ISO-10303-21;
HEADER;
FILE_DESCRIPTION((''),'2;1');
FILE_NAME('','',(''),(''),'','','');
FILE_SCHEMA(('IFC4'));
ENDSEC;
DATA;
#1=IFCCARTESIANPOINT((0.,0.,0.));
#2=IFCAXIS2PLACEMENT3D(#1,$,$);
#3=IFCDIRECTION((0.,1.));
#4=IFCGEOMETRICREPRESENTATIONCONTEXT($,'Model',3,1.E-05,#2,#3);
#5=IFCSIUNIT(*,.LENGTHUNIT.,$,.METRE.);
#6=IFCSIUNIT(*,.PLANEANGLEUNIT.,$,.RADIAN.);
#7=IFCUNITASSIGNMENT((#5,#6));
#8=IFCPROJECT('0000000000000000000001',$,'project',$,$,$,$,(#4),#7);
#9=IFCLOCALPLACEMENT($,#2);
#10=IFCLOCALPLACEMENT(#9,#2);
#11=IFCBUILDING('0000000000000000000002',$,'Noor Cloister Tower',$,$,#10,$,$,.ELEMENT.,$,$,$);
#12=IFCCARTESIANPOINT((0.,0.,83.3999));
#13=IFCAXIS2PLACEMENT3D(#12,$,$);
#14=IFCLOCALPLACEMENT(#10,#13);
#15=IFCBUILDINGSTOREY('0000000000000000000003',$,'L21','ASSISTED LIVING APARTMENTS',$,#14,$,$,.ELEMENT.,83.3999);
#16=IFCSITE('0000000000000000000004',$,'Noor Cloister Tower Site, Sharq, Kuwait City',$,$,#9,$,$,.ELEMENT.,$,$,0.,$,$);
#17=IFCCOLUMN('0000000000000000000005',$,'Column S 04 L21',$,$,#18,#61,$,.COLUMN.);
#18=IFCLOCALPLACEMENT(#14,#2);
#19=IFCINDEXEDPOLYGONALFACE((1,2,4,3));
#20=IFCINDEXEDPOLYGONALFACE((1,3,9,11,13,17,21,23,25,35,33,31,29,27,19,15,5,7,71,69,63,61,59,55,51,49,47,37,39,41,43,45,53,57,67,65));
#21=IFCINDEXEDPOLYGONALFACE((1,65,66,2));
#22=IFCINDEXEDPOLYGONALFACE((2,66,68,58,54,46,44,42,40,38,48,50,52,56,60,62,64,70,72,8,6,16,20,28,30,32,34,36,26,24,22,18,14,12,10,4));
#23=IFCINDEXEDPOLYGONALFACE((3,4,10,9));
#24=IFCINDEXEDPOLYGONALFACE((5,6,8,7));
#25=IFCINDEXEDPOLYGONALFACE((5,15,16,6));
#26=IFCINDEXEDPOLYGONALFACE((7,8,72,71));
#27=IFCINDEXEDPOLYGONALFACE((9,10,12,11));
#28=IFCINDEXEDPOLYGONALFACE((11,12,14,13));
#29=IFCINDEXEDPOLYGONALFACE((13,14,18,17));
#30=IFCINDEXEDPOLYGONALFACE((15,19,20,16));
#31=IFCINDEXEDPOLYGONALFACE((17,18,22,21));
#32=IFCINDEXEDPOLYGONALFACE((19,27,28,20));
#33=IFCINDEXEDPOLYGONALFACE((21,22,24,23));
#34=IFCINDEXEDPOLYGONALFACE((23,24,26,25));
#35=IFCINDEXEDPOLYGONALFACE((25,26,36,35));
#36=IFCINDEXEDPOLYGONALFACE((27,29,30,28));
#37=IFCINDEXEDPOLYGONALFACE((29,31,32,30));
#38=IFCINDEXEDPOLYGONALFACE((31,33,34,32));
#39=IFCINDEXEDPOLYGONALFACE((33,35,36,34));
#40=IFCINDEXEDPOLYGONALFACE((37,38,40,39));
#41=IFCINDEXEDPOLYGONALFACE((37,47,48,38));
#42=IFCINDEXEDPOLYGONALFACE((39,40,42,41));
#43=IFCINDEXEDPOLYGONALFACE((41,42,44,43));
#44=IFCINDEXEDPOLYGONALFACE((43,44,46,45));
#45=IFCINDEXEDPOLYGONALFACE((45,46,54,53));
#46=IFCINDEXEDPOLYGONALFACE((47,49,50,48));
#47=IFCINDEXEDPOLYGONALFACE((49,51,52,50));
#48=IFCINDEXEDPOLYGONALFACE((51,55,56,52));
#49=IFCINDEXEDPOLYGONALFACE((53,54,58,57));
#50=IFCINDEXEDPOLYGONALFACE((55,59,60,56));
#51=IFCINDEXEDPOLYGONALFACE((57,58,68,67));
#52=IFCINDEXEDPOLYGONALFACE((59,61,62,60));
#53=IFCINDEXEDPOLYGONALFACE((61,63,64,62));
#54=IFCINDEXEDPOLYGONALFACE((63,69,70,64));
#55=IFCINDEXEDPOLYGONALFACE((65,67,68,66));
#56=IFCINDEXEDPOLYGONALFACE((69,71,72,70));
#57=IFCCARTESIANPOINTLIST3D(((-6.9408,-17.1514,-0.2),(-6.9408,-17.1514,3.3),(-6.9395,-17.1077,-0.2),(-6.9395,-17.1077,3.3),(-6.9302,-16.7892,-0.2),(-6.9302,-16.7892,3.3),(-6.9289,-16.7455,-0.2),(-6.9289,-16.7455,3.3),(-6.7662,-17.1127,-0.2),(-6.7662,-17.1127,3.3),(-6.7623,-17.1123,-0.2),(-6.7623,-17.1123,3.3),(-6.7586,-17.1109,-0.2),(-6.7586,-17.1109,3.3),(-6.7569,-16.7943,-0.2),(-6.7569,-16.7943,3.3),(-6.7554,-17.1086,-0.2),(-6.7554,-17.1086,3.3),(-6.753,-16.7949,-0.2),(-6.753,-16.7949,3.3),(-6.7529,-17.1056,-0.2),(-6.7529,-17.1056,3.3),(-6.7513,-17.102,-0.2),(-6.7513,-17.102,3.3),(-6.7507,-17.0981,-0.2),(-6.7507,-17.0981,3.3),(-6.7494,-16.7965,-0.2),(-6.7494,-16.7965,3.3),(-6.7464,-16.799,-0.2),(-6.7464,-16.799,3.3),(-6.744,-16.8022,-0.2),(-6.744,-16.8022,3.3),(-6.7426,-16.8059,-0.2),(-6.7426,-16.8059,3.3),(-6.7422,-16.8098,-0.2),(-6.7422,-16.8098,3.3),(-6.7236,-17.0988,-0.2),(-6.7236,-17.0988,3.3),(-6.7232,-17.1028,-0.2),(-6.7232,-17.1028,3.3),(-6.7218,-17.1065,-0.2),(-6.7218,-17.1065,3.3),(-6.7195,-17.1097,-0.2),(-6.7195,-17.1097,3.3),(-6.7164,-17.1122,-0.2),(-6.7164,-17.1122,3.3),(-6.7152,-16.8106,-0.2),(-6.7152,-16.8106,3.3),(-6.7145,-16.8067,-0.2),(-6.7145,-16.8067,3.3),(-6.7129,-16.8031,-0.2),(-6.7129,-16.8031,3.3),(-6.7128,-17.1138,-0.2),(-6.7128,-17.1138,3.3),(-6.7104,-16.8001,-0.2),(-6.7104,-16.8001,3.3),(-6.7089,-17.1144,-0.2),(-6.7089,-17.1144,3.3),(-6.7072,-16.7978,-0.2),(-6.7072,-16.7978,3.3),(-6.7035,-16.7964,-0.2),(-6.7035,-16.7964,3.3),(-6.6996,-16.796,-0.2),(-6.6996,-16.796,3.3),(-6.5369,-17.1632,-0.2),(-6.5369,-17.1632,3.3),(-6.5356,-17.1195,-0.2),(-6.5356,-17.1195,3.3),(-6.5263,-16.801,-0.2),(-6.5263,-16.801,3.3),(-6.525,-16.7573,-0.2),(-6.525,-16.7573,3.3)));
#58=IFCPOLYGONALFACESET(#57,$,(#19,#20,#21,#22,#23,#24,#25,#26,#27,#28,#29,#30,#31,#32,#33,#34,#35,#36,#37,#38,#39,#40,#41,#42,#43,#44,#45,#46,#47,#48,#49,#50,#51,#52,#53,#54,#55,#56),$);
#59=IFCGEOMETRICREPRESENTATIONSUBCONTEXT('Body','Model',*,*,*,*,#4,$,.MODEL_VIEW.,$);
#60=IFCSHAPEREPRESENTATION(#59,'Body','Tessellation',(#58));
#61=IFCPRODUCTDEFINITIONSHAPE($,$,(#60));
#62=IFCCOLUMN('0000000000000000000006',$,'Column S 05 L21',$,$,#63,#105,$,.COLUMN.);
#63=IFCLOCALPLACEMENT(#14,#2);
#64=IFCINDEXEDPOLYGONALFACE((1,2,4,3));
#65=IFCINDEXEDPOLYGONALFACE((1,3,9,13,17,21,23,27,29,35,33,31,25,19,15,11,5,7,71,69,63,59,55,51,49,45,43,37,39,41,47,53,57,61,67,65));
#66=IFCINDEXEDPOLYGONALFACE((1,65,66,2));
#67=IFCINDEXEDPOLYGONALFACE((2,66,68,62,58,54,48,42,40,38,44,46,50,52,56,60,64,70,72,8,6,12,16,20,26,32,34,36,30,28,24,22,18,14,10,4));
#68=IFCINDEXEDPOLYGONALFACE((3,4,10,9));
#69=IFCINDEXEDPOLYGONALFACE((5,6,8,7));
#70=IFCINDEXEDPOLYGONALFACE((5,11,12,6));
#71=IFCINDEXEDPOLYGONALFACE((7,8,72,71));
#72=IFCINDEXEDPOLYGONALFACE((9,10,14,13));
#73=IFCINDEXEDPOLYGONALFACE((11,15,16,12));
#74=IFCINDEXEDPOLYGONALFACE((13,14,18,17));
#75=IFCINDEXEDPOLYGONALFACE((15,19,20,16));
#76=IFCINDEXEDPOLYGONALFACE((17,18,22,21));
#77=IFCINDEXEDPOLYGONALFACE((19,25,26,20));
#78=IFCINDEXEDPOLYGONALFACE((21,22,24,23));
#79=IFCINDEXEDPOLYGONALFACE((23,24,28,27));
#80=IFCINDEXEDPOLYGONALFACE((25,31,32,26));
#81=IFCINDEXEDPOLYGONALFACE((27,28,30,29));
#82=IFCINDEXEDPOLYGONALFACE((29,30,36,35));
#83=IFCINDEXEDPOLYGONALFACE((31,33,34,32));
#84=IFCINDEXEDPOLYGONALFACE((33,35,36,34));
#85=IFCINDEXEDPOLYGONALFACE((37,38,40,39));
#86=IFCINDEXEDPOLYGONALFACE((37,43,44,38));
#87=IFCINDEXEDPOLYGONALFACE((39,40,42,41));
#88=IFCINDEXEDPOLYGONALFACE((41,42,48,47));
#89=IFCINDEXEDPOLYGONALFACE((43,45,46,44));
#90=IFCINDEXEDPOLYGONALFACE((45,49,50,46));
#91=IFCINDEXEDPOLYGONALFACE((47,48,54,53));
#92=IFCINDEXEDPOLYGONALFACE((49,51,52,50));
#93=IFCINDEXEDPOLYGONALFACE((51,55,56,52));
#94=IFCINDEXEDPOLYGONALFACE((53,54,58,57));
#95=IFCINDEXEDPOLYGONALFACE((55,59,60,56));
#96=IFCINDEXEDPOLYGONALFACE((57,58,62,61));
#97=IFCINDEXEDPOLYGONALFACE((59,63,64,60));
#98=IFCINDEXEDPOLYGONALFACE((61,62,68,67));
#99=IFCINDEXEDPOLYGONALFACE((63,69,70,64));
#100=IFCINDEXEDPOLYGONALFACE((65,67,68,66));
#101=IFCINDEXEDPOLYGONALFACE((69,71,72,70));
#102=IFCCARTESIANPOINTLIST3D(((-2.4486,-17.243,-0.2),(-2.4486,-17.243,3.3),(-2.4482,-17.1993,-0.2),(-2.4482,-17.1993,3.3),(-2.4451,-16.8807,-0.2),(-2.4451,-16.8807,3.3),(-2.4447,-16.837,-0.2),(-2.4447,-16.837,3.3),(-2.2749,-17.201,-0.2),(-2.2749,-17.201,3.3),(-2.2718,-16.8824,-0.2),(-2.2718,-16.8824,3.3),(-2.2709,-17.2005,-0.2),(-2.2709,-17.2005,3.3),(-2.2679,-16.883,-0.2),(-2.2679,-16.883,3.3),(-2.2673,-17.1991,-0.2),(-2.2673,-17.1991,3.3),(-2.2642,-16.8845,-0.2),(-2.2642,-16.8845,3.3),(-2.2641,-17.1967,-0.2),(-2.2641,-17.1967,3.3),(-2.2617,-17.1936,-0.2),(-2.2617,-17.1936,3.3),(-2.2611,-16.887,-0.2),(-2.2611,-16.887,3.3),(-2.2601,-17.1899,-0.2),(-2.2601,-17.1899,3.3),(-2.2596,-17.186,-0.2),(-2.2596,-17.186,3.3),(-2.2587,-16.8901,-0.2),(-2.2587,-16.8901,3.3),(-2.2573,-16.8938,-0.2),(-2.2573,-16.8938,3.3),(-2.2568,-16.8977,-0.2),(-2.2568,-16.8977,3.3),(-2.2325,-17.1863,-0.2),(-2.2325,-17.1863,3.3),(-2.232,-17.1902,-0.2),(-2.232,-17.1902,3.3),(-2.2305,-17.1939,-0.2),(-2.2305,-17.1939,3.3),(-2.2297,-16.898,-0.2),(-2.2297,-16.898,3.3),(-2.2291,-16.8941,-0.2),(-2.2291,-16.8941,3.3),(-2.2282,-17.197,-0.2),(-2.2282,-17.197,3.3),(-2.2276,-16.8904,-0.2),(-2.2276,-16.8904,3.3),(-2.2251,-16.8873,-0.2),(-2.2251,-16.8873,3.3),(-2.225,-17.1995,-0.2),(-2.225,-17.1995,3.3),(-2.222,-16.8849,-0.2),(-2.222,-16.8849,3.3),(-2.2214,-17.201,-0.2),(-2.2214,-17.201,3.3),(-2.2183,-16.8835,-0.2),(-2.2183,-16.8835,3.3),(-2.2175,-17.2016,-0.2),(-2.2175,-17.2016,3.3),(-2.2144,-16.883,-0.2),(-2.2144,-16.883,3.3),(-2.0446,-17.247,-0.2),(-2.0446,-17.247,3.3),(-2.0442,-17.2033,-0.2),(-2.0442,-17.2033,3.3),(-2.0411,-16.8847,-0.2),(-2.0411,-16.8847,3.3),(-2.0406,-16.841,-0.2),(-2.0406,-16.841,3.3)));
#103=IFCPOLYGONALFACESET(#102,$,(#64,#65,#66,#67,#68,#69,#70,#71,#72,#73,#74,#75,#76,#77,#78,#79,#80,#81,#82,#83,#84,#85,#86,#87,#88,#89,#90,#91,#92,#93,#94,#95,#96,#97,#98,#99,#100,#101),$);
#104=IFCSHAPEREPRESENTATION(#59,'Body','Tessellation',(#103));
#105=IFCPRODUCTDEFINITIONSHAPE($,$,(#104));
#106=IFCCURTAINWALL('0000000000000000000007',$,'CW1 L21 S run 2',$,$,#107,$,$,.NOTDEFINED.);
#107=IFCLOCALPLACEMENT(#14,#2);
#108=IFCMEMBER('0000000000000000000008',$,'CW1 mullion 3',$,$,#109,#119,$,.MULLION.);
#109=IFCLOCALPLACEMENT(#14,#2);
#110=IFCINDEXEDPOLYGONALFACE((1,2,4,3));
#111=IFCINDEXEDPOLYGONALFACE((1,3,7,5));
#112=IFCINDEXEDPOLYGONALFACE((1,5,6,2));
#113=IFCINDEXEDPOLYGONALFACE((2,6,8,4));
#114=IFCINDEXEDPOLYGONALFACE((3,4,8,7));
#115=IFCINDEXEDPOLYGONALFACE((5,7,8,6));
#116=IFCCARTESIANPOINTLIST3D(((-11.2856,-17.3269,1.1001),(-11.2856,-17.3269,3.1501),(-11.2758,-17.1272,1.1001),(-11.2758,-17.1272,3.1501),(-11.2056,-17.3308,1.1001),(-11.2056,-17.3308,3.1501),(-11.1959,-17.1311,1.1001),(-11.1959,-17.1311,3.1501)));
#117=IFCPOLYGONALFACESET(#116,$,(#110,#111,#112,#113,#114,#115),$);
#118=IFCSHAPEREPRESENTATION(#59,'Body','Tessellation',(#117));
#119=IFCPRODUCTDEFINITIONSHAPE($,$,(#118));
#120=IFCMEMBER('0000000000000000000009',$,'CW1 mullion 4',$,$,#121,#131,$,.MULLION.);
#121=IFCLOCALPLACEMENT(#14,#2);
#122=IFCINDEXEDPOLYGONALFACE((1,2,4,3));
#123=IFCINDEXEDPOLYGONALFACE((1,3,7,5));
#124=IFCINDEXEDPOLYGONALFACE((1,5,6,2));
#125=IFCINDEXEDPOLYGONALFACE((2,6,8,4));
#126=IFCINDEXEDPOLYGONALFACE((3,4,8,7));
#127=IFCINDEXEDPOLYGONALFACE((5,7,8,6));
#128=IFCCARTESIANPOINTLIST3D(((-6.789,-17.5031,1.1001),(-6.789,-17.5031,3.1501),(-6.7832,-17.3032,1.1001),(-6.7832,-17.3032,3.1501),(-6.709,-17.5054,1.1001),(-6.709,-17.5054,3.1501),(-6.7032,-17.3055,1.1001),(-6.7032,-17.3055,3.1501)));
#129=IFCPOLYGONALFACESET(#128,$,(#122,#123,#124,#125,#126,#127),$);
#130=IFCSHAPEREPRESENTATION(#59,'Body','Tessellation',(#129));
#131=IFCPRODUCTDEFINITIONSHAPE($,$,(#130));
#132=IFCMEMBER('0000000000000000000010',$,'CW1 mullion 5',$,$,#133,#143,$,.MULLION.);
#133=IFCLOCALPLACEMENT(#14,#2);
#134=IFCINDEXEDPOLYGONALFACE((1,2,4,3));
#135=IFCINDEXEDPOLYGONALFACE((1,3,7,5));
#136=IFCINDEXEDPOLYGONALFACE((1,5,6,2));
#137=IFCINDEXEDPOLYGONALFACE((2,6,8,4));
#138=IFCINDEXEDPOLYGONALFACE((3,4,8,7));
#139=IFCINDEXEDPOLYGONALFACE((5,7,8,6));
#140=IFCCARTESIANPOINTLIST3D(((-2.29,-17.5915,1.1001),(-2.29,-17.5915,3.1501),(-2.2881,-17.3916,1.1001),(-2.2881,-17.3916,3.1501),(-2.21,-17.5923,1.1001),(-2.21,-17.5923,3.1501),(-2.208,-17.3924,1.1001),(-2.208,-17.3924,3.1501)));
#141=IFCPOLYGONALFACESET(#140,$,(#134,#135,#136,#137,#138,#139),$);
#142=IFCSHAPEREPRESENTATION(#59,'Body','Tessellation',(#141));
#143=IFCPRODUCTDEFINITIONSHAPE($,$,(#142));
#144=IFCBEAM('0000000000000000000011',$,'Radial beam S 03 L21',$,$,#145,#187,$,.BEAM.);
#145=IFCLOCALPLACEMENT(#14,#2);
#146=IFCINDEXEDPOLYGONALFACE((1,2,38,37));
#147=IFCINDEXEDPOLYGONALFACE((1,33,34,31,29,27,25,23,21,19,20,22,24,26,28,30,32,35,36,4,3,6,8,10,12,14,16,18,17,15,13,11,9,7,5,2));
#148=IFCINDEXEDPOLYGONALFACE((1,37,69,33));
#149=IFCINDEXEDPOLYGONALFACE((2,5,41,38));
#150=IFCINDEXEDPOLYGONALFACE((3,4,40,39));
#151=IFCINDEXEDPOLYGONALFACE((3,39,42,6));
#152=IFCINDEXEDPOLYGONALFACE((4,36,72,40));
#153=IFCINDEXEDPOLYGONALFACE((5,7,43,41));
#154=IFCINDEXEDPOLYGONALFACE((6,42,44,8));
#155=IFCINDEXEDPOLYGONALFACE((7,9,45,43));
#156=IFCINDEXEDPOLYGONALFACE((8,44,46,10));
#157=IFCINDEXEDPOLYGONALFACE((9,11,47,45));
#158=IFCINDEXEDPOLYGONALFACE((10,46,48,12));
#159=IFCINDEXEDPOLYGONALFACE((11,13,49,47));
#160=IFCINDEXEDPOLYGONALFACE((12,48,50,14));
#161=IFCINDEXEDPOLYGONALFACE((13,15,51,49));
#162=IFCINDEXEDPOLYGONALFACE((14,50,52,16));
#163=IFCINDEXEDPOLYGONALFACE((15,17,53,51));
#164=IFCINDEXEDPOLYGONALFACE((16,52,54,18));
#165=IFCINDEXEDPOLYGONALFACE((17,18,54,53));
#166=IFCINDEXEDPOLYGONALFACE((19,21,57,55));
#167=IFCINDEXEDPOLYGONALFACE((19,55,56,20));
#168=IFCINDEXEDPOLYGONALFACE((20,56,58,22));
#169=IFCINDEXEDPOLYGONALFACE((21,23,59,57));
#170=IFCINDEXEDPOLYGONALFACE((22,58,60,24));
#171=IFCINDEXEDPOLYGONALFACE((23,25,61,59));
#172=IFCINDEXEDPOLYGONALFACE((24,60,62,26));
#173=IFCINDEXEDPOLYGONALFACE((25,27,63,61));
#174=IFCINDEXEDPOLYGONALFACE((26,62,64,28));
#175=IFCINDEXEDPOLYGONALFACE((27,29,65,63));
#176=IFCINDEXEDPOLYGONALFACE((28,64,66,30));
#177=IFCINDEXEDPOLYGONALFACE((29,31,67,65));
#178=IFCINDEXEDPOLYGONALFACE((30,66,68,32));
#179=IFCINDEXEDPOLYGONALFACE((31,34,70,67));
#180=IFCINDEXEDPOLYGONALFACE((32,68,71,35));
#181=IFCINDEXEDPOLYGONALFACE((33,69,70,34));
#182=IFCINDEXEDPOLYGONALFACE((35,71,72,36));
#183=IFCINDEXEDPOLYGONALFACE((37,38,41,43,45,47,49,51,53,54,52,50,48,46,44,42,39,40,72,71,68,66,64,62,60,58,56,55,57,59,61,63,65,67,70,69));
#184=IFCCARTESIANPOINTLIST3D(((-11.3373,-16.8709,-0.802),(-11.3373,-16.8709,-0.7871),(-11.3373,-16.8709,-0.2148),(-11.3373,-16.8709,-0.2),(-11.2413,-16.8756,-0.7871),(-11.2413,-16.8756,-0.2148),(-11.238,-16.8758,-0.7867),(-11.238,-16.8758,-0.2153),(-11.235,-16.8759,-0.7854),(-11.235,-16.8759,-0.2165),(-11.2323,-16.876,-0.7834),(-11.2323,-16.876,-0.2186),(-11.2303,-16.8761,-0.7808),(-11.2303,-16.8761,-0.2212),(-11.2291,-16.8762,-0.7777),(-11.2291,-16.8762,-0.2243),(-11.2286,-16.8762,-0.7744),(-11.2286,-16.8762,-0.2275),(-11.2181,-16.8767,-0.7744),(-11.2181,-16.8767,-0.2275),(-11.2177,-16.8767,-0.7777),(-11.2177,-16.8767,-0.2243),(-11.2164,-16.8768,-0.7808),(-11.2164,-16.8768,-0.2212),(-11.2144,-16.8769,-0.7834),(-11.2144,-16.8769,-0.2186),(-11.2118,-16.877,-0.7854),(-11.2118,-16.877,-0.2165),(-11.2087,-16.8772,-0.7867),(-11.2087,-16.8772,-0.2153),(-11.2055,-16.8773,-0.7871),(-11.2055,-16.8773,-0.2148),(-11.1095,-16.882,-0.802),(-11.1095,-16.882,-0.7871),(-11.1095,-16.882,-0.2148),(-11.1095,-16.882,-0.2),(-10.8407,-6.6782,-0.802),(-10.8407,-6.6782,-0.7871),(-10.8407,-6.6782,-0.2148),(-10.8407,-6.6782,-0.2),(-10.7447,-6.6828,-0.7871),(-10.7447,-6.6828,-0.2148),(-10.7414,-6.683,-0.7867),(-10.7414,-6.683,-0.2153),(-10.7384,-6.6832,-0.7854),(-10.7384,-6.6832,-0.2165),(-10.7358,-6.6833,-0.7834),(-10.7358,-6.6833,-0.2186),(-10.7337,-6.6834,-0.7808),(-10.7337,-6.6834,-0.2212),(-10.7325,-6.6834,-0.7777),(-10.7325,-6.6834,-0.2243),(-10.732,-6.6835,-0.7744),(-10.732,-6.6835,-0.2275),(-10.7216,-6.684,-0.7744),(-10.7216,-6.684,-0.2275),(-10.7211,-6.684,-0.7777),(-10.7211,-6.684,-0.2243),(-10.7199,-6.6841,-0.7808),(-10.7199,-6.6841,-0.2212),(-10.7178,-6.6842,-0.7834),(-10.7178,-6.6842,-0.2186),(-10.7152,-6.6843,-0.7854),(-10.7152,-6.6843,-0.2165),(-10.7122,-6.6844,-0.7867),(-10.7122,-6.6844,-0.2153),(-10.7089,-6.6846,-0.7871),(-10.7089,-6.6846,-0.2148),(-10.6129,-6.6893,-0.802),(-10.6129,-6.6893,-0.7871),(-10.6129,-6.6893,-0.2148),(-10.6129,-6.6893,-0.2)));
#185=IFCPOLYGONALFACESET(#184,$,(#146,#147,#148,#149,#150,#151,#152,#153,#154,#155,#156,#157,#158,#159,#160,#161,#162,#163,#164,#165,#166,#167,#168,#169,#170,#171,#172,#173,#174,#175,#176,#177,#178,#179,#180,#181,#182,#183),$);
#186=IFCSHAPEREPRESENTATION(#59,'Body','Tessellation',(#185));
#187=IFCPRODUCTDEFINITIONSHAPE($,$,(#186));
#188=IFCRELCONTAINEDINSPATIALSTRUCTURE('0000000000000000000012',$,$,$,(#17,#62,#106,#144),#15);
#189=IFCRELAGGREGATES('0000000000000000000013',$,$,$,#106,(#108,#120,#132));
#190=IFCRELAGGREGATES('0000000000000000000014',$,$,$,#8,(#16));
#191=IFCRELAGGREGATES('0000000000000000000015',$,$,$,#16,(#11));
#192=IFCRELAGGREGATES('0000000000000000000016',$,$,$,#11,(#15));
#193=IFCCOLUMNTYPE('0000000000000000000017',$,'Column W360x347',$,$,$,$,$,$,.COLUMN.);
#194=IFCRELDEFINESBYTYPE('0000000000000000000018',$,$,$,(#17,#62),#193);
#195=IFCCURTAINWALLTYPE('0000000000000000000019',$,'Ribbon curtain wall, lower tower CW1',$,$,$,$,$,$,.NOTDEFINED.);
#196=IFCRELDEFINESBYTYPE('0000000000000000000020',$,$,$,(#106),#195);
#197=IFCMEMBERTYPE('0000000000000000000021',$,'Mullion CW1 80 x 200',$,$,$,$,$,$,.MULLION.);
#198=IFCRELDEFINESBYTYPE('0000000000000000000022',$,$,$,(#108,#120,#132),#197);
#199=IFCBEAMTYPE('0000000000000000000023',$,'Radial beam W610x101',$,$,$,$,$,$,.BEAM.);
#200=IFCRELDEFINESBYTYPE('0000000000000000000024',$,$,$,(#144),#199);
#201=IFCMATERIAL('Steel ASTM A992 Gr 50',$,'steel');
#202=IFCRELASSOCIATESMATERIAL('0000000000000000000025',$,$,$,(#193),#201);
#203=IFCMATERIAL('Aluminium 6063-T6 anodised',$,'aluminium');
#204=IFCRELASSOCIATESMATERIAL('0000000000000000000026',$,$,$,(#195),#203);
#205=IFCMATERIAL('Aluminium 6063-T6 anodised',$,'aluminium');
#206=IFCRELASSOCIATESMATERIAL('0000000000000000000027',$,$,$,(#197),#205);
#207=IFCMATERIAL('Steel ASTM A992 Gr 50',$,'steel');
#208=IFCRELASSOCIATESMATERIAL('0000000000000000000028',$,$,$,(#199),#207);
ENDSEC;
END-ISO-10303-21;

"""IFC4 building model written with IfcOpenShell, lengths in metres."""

from ifc_helpers import new_model, si_unit, direction, frame, origin, origin_2d, place, context, subcontext, project, spatial, rectangle, i_section, extrude, material, material_profile, profile_set, type_object, element, aggregate, save


model = new_model("IFC4")

# Units and contexts
model_context = context("Model", 3, precision=1e-05, world=origin(), true_north=direction((0.0, 1.0)))
body_context = subcontext(model_context, "Body", "Model", "MODEL_VIEW")
ifc_project = project(units=[si_unit("LENGTHUNIT", "METRE"), si_unit("PLANEANGLEUNIT", "RADIAN")], contexts=[model_context])

# Site, building, storey
site_placement = place(None, origin())
site = spatial("IfcSite", under=ifc_project, at=site_placement, Name="Noor Cloister Tower Site, Sharq, Kuwait City", CompositionType="ELEMENT", RefElevation=0.0)
building_placement = place(site_placement, origin())
building = spatial("IfcBuilding", under=site, at=building_placement, Name="Noor Cloister Tower", CompositionType="ELEMENT")
storey_placement = place(building_placement, frame((0.0, 0.0, 83.3999)))
storey = spatial("IfcBuildingStorey", under=building, at=storey_placement, Name="L21", Description="ASSISTED LIVING APARTMENTS", CompositionType="ELEMENT", Elevation=83.3999)

# Columns
ifc_material_1 = material(Name="Steel ASTM A992 Gr 50", Category="steel")
ifc_material_profile_1 = material_profile(ifc_material_1, i_section(OverallWidth=0.4041, OverallDepth=0.406, WebThickness=0.0271, FlangeThickness=0.0437, FilletRadius=0.0151, at=origin_2d()), Name="W360x347")
ifc_profile_set_1 = profile_set([ifc_material_profile_1], Name="Steel ASTM A992 Gr 50")
column_type = type_object("IfcColumnType", Name="Column W360x347", PredefinedType="COLUMN", material=ifc_profile_set_1)
for number, where, z_axis, x_axis, name in (
    (1, (-6.7329, -16.9543, -0.2), (0.0, 0.0, 1.0), (0.999573, -0.029216, 0.0), "Column S 04 L21"),
    (2, (-2.2446, -17.042, -0.2), (0.0, 0.0, 1.0), (0.999953, -0.00974, 0.0), "Column S 05 L21"),
):
    element("IfcColumn", number, at=place(storey_placement, frame(where, z_axis=z_axis, x_axis=x_axis)), inside=storey, type_object=column_type, Name=name, PredefinedType="COLUMN", context=body_context, shape_type="SweptSolid", body=[
        extrude(i_section(OverallWidth=0.4041, OverallDepth=0.406, WebThickness=0.0271, FlangeThickness=0.0437, FilletRadius=0.0151, at=origin_2d()), origin(), (0.0, 0.0, 1.0), 3.5),
    ])

# Curtain wall, members
ifc_material_2 = material(Name="Aluminium 6063-T6 anodised", Category="aluminium")
curtain_wall_type = type_object("IfcCurtainWallType", Name="Ribbon curtain wall, lower tower CW1", PredefinedType="NOTDEFINED", material=ifc_material_2)
curtain_wall_placement = place(storey_placement, origin())
curtain_wall = element("IfcCurtainWall", 3, at=curtain_wall_placement, inside=storey, type_object=curtain_wall_type, Name="CW1 L21 S run 2", PredefinedType="NOTDEFINED")
ifc_material_3 = material(Name="Aluminium 6063-T6 anodised", Category="aluminium")
ifc_material_profile_2 = material_profile(ifc_material_3, rectangle(XDim=0.2, YDim=0.0801, at=origin_2d()), Name="200 x 80 mullion")
ifc_profile_set_2 = profile_set([ifc_material_profile_2], Name="Aluminium 6063-T6 anodised")
member_type = type_object("IfcMemberType", Name="Mullion CW1 80 x 200", PredefinedType="MULLION", material=ifc_profile_set_2)
member_1_placement = place(storey_placement, frame((-11.2407, -17.229, 1.1001), z_axis=(0.0, 0.0, 1.0), x_axis=(0.048681, 0.998814, 0.0)))
member_1 = element("IfcMember", 4, at=member_1_placement, type_object=member_type, Name="CW1 mullion 3", PredefinedType="MULLION", context=body_context, shape_type="SweptSolid", body=[
    extrude(rectangle(XDim=0.2, YDim=0.0801, at=origin_2d()), origin(), (0.0, 0.0, 1.0), 2.05),
])
member_2_placement = place(storey_placement, frame((-6.7461, -17.4043, 1.1001), z_axis=(0.0, 0.0, 1.0), x_axis=(0.029216, 0.999573, 0.0)))
member_2 = element("IfcMember", 5, at=member_2_placement, type_object=member_type, Name="CW1 mullion 4", PredefinedType="MULLION", context=body_context, shape_type="SweptSolid", body=[
    extrude(rectangle(XDim=0.2, YDim=0.0801, at=origin_2d()), origin(), (0.0, 0.0, 1.0), 2.05),
])
member_3_placement = place(storey_placement, frame((-2.249, -17.4919, 1.1001), z_axis=(0.0, 0.0, 1.0), x_axis=(0.00974, 0.999953, 0.0)))
member_3 = element("IfcMember", 6, at=member_3_placement, type_object=member_type, Name="CW1 mullion 5", PredefinedType="MULLION", context=body_context, shape_type="SweptSolid", body=[
    extrude(rectangle(XDim=0.2, YDim=0.0801, at=origin_2d()), origin(), (0.0, 0.0, 1.0), 2.05),
])

# Beam
ifc_material_4 = material(Name="Steel ASTM A992 Gr 50", Category="steel")
ifc_material_profile_3 = material_profile(ifc_material_4, i_section(OverallWidth=0.228, OverallDepth=0.6021, WebThickness=0.0105, FlangeThickness=0.0149, FilletRadius=0.0127, at=origin_2d()), Name="W610x101")
ifc_profile_set_3 = profile_set([ifc_material_profile_3], Name="Steel ASTM A992 Gr 50")
beam_type_1 = type_object("IfcBeamType", Name="Radial beam W610x101", PredefinedType="BEAM", material=ifc_profile_set_3)
beam_1_placement = place(storey_placement, frame((-11.2234, -16.8765, -0.501), z_axis=(0.048662, 0.998815, 0.0), x_axis=(-0.998815, 0.048662, 0.0)))
element("IfcBeam", 7, at=beam_1_placement, inside=storey, type_object=beam_type_1, Name="Radial beam S 03 L21", PredefinedType="BEAM", context=body_context, shape_type="SweptSolid", body=[
    extrude(i_section(OverallWidth=0.228, OverallDepth=0.6021, WebThickness=0.0105, FlangeThickness=0.0149, FilletRadius=0.0127, at=origin_2d()), origin(), (0.0, 0.0, 1.0), 10.2048),
])

aggregate(curtain_wall, [member_1, member_2, member_3])

save(model, "model.ifc")
